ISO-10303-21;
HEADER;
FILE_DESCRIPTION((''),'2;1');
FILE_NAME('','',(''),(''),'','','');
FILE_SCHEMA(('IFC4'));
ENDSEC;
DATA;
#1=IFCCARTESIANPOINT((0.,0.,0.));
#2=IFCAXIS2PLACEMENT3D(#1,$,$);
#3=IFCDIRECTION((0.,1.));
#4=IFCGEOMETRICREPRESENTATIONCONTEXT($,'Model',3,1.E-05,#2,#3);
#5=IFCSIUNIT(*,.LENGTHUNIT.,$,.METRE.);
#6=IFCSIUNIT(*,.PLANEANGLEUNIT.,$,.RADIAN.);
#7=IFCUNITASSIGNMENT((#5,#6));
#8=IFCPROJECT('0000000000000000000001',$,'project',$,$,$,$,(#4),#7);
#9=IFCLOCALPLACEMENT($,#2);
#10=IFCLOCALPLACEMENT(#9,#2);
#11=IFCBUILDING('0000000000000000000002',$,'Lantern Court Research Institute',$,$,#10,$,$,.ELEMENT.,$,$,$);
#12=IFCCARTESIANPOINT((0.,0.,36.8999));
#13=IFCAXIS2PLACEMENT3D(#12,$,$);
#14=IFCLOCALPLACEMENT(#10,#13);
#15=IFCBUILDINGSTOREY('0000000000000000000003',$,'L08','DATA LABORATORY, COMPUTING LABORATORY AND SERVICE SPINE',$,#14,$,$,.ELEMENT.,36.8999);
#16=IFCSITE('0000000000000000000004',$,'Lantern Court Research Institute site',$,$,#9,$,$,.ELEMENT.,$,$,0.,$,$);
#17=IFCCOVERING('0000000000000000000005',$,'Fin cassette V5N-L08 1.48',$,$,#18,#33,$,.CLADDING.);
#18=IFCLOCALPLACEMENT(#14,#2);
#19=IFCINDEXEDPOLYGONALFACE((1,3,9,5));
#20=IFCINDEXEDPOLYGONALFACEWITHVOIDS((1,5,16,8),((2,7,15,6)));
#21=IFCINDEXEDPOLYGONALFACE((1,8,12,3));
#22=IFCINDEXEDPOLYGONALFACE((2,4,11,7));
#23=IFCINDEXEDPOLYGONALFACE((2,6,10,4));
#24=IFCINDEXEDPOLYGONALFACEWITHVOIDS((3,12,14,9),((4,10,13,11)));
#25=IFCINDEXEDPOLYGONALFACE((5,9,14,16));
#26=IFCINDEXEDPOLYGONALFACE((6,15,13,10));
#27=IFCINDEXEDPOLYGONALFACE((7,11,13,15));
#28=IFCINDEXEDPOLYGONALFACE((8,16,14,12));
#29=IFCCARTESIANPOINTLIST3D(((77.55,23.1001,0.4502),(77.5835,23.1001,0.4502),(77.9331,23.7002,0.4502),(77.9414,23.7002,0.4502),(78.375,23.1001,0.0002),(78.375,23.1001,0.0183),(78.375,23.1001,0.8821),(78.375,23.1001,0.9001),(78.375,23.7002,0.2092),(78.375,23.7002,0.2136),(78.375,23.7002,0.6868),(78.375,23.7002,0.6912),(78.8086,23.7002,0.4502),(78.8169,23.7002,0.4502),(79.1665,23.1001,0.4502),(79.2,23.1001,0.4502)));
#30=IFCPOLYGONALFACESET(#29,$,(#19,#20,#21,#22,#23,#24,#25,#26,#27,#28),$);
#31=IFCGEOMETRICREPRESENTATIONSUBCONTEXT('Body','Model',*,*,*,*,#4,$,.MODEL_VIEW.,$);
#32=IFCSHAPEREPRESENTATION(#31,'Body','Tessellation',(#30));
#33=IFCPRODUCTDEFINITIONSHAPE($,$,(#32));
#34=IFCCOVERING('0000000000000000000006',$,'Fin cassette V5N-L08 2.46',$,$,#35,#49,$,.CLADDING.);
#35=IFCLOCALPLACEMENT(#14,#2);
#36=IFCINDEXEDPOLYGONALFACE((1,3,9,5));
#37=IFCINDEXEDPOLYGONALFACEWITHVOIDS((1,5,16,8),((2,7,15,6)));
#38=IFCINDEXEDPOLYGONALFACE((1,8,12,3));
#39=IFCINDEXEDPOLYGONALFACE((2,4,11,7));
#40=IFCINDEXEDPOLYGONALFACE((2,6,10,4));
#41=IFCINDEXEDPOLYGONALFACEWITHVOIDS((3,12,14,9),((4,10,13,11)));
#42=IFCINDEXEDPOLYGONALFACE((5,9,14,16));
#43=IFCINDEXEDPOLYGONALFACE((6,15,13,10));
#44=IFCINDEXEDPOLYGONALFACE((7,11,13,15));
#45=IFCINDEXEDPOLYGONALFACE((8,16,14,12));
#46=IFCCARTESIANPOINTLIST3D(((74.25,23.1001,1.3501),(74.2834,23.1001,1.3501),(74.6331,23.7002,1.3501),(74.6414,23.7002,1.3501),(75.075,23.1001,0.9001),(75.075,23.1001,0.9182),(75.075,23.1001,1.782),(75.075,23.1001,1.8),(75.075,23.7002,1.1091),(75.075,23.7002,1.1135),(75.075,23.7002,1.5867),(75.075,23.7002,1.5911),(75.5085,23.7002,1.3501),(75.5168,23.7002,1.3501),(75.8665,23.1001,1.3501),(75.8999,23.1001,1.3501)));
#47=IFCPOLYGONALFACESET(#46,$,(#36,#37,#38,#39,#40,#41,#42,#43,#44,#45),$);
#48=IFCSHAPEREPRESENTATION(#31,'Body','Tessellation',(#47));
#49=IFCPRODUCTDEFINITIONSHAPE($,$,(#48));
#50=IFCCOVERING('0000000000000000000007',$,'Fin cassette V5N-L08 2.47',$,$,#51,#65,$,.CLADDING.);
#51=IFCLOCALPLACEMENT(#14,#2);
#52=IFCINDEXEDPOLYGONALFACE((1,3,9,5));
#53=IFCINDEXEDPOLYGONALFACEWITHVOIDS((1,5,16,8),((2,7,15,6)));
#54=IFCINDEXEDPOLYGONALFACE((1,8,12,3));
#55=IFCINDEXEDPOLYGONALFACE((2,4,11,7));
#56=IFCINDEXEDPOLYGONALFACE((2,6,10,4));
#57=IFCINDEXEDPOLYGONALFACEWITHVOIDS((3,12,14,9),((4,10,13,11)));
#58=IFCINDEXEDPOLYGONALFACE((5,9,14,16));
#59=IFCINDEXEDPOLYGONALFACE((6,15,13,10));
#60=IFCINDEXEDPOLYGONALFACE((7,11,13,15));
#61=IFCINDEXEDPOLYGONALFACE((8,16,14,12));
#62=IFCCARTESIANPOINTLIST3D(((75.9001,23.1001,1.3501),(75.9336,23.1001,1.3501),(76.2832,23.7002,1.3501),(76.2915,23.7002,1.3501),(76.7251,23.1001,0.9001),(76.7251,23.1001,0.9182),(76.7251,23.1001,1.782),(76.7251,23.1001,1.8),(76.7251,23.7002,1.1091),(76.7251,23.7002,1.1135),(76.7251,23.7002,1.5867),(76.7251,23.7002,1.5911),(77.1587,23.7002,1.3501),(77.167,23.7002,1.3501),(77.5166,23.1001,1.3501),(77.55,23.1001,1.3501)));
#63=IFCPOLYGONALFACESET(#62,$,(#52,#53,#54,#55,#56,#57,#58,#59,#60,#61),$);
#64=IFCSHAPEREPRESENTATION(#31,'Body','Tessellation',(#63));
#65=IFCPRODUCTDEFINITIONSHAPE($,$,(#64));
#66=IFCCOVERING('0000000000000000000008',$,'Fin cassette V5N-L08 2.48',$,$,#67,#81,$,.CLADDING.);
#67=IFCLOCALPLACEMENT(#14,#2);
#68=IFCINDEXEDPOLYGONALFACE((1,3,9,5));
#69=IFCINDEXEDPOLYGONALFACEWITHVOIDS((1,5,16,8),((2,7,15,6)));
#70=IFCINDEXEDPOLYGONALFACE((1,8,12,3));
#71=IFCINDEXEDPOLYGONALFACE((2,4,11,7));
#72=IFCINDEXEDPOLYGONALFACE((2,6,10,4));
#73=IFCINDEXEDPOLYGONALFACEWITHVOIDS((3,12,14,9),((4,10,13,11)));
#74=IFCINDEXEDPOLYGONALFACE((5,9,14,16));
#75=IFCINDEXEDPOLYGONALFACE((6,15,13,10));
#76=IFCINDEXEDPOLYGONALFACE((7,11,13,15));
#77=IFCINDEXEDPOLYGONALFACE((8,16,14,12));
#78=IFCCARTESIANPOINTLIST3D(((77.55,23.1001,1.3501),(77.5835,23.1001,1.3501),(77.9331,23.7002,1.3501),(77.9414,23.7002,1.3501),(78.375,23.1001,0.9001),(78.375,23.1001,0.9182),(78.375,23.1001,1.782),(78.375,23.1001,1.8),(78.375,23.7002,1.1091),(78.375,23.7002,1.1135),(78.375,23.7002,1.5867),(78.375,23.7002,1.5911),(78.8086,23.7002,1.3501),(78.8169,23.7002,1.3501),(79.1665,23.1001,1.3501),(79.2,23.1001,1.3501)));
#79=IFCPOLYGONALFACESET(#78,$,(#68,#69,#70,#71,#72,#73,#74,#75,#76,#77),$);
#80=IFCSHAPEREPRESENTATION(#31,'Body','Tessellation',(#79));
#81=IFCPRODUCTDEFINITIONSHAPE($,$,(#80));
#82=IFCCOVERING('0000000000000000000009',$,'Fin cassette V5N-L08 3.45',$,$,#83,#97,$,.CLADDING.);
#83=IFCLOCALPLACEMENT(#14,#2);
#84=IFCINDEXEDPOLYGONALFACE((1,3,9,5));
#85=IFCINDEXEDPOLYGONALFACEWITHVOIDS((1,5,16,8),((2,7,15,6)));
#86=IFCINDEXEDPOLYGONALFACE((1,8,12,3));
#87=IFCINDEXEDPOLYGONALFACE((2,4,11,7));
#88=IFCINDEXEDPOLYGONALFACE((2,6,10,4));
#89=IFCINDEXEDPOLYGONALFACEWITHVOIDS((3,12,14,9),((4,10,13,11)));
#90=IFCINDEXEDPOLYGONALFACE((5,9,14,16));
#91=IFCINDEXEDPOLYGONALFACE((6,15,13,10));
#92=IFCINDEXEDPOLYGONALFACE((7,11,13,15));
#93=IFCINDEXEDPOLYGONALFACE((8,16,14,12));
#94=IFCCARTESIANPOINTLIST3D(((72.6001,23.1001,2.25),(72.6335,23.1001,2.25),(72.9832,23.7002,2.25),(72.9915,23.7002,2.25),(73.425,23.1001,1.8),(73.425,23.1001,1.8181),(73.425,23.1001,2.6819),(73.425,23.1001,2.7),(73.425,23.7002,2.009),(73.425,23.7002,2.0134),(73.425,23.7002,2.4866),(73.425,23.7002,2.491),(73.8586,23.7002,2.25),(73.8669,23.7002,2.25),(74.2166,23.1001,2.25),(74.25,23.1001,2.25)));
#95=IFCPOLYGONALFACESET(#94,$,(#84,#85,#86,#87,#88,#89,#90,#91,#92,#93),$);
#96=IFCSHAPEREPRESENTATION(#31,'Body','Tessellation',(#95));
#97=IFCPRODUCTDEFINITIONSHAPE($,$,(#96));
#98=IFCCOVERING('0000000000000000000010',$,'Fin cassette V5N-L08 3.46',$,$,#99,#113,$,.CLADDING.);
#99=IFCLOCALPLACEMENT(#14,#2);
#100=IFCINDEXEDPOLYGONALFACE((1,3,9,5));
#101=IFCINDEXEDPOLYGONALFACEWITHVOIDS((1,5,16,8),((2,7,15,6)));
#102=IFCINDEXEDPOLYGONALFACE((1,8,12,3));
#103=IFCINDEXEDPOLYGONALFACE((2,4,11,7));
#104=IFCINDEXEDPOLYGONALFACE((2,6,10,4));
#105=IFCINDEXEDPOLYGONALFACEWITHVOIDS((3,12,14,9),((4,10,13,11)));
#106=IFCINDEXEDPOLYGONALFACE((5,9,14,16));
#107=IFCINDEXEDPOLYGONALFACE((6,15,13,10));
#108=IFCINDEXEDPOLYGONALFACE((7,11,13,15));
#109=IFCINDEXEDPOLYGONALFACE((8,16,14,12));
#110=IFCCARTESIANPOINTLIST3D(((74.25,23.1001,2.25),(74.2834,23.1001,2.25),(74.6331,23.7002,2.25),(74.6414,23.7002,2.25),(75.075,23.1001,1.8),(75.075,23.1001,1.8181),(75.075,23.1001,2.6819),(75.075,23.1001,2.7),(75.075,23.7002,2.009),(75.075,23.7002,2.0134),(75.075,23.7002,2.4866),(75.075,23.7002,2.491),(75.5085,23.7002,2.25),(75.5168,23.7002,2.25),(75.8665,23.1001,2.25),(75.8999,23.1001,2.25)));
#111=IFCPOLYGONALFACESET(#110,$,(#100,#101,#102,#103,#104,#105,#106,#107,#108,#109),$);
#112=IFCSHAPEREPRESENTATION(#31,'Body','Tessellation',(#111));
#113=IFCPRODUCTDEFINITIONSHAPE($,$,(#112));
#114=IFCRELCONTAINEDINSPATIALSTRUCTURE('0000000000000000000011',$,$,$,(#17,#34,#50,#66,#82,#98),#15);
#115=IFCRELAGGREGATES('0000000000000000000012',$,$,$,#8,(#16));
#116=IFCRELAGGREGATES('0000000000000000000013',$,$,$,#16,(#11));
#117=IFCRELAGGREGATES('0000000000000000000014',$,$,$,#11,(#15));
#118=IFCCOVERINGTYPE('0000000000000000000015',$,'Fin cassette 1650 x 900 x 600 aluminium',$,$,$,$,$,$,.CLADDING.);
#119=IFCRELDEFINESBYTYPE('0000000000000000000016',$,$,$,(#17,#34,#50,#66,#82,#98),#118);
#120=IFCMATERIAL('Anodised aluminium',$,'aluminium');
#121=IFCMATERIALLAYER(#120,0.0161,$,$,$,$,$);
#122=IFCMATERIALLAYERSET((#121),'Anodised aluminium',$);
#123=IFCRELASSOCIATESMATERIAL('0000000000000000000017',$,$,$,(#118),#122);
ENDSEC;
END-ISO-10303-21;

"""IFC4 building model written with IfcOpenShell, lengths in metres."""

from ifc_helpers import new_model, entity, si_unit, direction, frame, origin, place, context, subcontext, project, spatial, material, layer, layer_set, type_object, element, save


model = new_model("IFC4")

# Units and contexts
model_context = context("Model", 3, precision=1e-05, world=origin(), true_north=direction((0.0, 1.0)))
body_context = subcontext(model_context, "Body", "Model", "MODEL_VIEW")
ifc_project = project(units=[si_unit("LENGTHUNIT", "METRE"), si_unit("PLANEANGLEUNIT", "RADIAN")], contexts=[model_context])

# Site, building, storey
site_placement = place(None, origin())
site = spatial("IfcSite", under=ifc_project, at=site_placement, Name="Lantern Court Research Institute site", CompositionType="ELEMENT", RefElevation=0.0)
building_placement = place(site_placement, origin())
building = spatial("IfcBuilding", under=site, at=building_placement, Name="Lantern Court Research Institute", CompositionType="ELEMENT")
storey_placement = place(building_placement, frame((0.0, 0.0, 36.8999)))
storey = spatial("IfcBuildingStorey", under=building, at=storey_placement, Name="L08", Description="DATA LABORATORY, COMPUTING LABORATORY AND SERVICE SPINE", CompositionType="ELEMENT", Elevation=36.8999)

# Coverings
ifc_material = material(Name="Anodised aluminium", Category="aluminium")
ifc_layer = layer(ifc_material, 0.0161)
ifc_layer_set = layer_set([ifc_layer], Name="Anodised aluminium")
covering_type = type_object("IfcCoveringType", Name="Fin cassette 1650 x 900 x 600 aluminium", PredefinedType="CLADDING", material=ifc_layer_set)
covering_1_placement = place(storey_placement, frame((78.375, 23.1001, 0.4502), z_axis=(0.0, 1.0, 0.0), x_axis=(-1.0, 0.0, 0.0)))
cartesian_point_1 = entity("IfcCartesianPoint", [0.825, 0.0])
cartesian_point_2 = entity("IfcCartesianPoint", [0.7915, 0.0])
cartesian_point_3 = entity("IfcCartesianPoint", [0.4419, 0.0])
cartesian_point_4 = entity("IfcCartesianPoint", [0.4336, 0.0])
element("IfcCovering", 1, at=covering_1_placement, inside=storey, type_object=covering_type, Name="Fin cassette V5N-L08 1.48", PredefinedType="CLADDING", context=body_context, shape_type="SweptSolid", body=[
    entity("IfcExtrudedAreaSolidTapered", entity("IfcArbitraryProfileDefWithVoids", "AREA", None, entity("IfcPolyline", [cartesian_point_1, entity("IfcCartesianPoint", [0.0, 0.45]), entity("IfcCartesianPoint", [-0.825, 0.0]), entity("IfcCartesianPoint", [0.0, -0.45]), cartesian_point_1]), [entity("IfcPolyline", [cartesian_point_2, entity("IfcCartesianPoint", [0.0, 0.4319]), entity("IfcCartesianPoint", [-0.7915, 0.0]), entity("IfcCartesianPoint", [0.0, -0.4319]), cartesian_point_2])]), entity("IfcAxis2Placement3D", entity("IfcCartesianPoint", [0.0, 0.0, 0.0])), entity("IfcDirection", [0.0, 0.0, 1.0]), 0.6001, entity("IfcArbitraryProfileDefWithVoids", "AREA", None, entity("IfcPolyline", [cartesian_point_3, entity("IfcCartesianPoint", [0.0, 0.241]), entity("IfcCartesianPoint", [-0.4419, 0.0]), entity("IfcCartesianPoint", [0.0, -0.241]), cartesian_point_3]), [entity("IfcPolyline", [cartesian_point_4, entity("IfcCartesianPoint", [0.0, 0.2366]), entity("IfcCartesianPoint", [-0.4336, 0.0]), entity("IfcCartesianPoint", [0.0, -0.2366]), cartesian_point_4])])),
])
covering_2_placement = place(storey_placement, frame((75.075, 23.1001, 1.3501), z_axis=(0.0, 1.0, 0.0), x_axis=(-1.0, 0.0, 0.0)))
cartesian_point_5 = entity("IfcCartesianPoint", [0.825, 0.0])
cartesian_point_6 = entity("IfcCartesianPoint", [0.7915, 0.0])
cartesian_point_7 = entity("IfcCartesianPoint", [0.4419, 0.0])
cartesian_point_8 = entity("IfcCartesianPoint", [0.4336, 0.0])
element("IfcCovering", 2, at=covering_2_placement, inside=storey, type_object=covering_type, Name="Fin cassette V5N-L08 2.46", PredefinedType="CLADDING", context=body_context, shape_type="SweptSolid", body=[
    entity("IfcExtrudedAreaSolidTapered", entity("IfcArbitraryProfileDefWithVoids", "AREA", None, entity("IfcPolyline", [cartesian_point_5, entity("IfcCartesianPoint", [0.0, 0.45]), entity("IfcCartesianPoint", [-0.825, 0.0]), entity("IfcCartesianPoint", [0.0, -0.45]), cartesian_point_5]), [entity("IfcPolyline", [cartesian_point_6, entity("IfcCartesianPoint", [0.0, 0.4319]), entity("IfcCartesianPoint", [-0.7915, 0.0]), entity("IfcCartesianPoint", [0.0, -0.4319]), cartesian_point_6])]), entity("IfcAxis2Placement3D", entity("IfcCartesianPoint", [0.0, 0.0, 0.0])), entity("IfcDirection", [0.0, 0.0, 1.0]), 0.6001, entity("IfcArbitraryProfileDefWithVoids", "AREA", None, entity("IfcPolyline", [cartesian_point_7, entity("IfcCartesianPoint", [0.0, 0.241]), entity("IfcCartesianPoint", [-0.4419, 0.0]), entity("IfcCartesianPoint", [0.0, -0.241]), cartesian_point_7]), [entity("IfcPolyline", [cartesian_point_8, entity("IfcCartesianPoint", [0.0, 0.2366]), entity("IfcCartesianPoint", [-0.4336, 0.0]), entity("IfcCartesianPoint", [0.0, -0.2366]), cartesian_point_8])])),
])
covering_3_placement = place(storey_placement, frame((76.7251, 23.1001, 1.3501), z_axis=(0.0, 1.0, 0.0), x_axis=(-1.0, 0.0, 0.0)))
cartesian_point_9 = entity("IfcCartesianPoint", [0.825, 0.0])
cartesian_point_10 = entity("IfcCartesianPoint", [0.7915, 0.0])
cartesian_point_11 = entity("IfcCartesianPoint", [0.4419, 0.0])
cartesian_point_12 = entity("IfcCartesianPoint", [0.4336, 0.0])
element("IfcCovering", 3, at=covering_3_placement, inside=storey, type_object=covering_type, Name="Fin cassette V5N-L08 2.47", PredefinedType="CLADDING", context=body_context, shape_type="SweptSolid", body=[
    entity("IfcExtrudedAreaSolidTapered", entity("IfcArbitraryProfileDefWithVoids", "AREA", None, entity("IfcPolyline", [cartesian_point_9, entity("IfcCartesianPoint", [0.0, 0.45]), entity("IfcCartesianPoint", [-0.825, 0.0]), entity("IfcCartesianPoint", [0.0, -0.45]), cartesian_point_9]), [entity("IfcPolyline", [cartesian_point_10, entity("IfcCartesianPoint", [0.0, 0.4319]), entity("IfcCartesianPoint", [-0.7915, 0.0]), entity("IfcCartesianPoint", [0.0, -0.4319]), cartesian_point_10])]), entity("IfcAxis2Placement3D", entity("IfcCartesianPoint", [0.0, 0.0, 0.0])), entity("IfcDirection", [0.0, 0.0, 1.0]), 0.6001, entity("IfcArbitraryProfileDefWithVoids", "AREA", None, entity("IfcPolyline", [cartesian_point_11, entity("IfcCartesianPoint", [0.0, 0.241]), entity("IfcCartesianPoint", [-0.4419, 0.0]), entity("IfcCartesianPoint", [0.0, -0.241]), cartesian_point_11]), [entity("IfcPolyline", [cartesian_point_12, entity("IfcCartesianPoint", [0.0, 0.2366]), entity("IfcCartesianPoint", [-0.4336, 0.0]), entity("IfcCartesianPoint", [0.0, -0.2366]), cartesian_point_12])])),
])
covering_4_placement = place(storey_placement, frame((78.375, 23.1001, 1.3501), z_axis=(0.0, 1.0, 0.0), x_axis=(-1.0, 0.0, 0.0)))
cartesian_point_13 = entity("IfcCartesianPoint", [0.825, 0.0])
cartesian_point_14 = entity("IfcCartesianPoint", [0.7915, 0.0])
cartesian_point_15 = entity("IfcCartesianPoint", [0.4419, 0.0])
cartesian_point_16 = entity("IfcCartesianPoint", [0.4336, 0.0])
element("IfcCovering", 4, at=covering_4_placement, inside=storey, type_object=covering_type, Name="Fin cassette V5N-L08 2.48", PredefinedType="CLADDING", context=body_context, shape_type="SweptSolid", body=[
    entity("IfcExtrudedAreaSolidTapered", entity("IfcArbitraryProfileDefWithVoids", "AREA", None, entity("IfcPolyline", [cartesian_point_13, entity("IfcCartesianPoint", [0.0, 0.45]), entity("IfcCartesianPoint", [-0.825, 0.0]), entity("IfcCartesianPoint", [0.0, -0.45]), cartesian_point_13]), [entity("IfcPolyline", [cartesian_point_14, entity("IfcCartesianPoint", [0.0, 0.4319]), entity("IfcCartesianPoint", [-0.7915, 0.0]), entity("IfcCartesianPoint", [0.0, -0.4319]), cartesian_point_14])]), entity("IfcAxis2Placement3D", entity("IfcCartesianPoint", [0.0, 0.0, 0.0])), entity("IfcDirection", [0.0, 0.0, 1.0]), 0.6001, entity("IfcArbitraryProfileDefWithVoids", "AREA", None, entity("IfcPolyline", [cartesian_point_15, entity("IfcCartesianPoint", [0.0, 0.241]), entity("IfcCartesianPoint", [-0.4419, 0.0]), entity("IfcCartesianPoint", [0.0, -0.241]), cartesian_point_15]), [entity("IfcPolyline", [cartesian_point_16, entity("IfcCartesianPoint", [0.0, 0.2366]), entity("IfcCartesianPoint", [-0.4336, 0.0]), entity("IfcCartesianPoint", [0.0, -0.2366]), cartesian_point_16])])),
])
covering_5_placement = place(storey_placement, frame((73.425, 23.1001, 2.25), z_axis=(0.0, 1.0, 0.0), x_axis=(-1.0, 0.0, 0.0)))
cartesian_point_17 = entity("IfcCartesianPoint", [0.825, 0.0])
cartesian_point_18 = entity("IfcCartesianPoint", [0.7915, 0.0])
cartesian_point_19 = entity("IfcCartesianPoint", [0.4419, 0.0])
cartesian_point_20 = entity("IfcCartesianPoint", [0.4336, 0.0])
element("IfcCovering", 5, at=covering_5_placement, inside=storey, type_object=covering_type, Name="Fin cassette V5N-L08 3.45", PredefinedType="CLADDING", context=body_context, shape_type="SweptSolid", body=[
    entity("IfcExtrudedAreaSolidTapered", entity("IfcArbitraryProfileDefWithVoids", "AREA", None, entity("IfcPolyline", [cartesian_point_17, entity("IfcCartesianPoint", [0.0, 0.45]), entity("IfcCartesianPoint", [-0.825, 0.0]), entity("IfcCartesianPoint", [0.0, -0.45]), cartesian_point_17]), [entity("IfcPolyline", [cartesian_point_18, entity("IfcCartesianPoint", [0.0, 0.4319]), entity("IfcCartesianPoint", [-0.7915, 0.0]), entity("IfcCartesianPoint", [0.0, -0.4319]), cartesian_point_18])]), entity("IfcAxis2Placement3D", entity("IfcCartesianPoint", [0.0, 0.0, 0.0])), entity("IfcDirection", [0.0, 0.0, 1.0]), 0.6001, entity("IfcArbitraryProfileDefWithVoids", "AREA", None, entity("IfcPolyline", [cartesian_point_19, entity("IfcCartesianPoint", [0.0, 0.241]), entity("IfcCartesianPoint", [-0.4419, 0.0]), entity("IfcCartesianPoint", [0.0, -0.241]), cartesian_point_19]), [entity("IfcPolyline", [cartesian_point_20, entity("IfcCartesianPoint", [0.0, 0.2366]), entity("IfcCartesianPoint", [-0.4336, 0.0]), entity("IfcCartesianPoint", [0.0, -0.2366]), cartesian_point_20])])),
])
covering_6_placement = place(storey_placement, frame((75.075, 23.1001, 2.25), z_axis=(0.0, 1.0, 0.0), x_axis=(-1.0, 0.0, 0.0)))
cartesian_point_21 = entity("IfcCartesianPoint", [0.825, 0.0])
cartesian_point_22 = entity("IfcCartesianPoint", [0.7915, 0.0])
cartesian_point_23 = entity("IfcCartesianPoint", [0.4419, 0.0])
cartesian_point_24 = entity("IfcCartesianPoint", [0.4336, 0.0])
element("IfcCovering", 6, at=covering_6_placement, inside=storey, type_object=covering_type, Name="Fin cassette V5N-L08 3.46", PredefinedType="CLADDING", context=body_context, shape_type="SweptSolid", body=[
    entity("IfcExtrudedAreaSolidTapered", entity("IfcArbitraryProfileDefWithVoids", "AREA", None, entity("IfcPolyline", [cartesian_point_21, entity("IfcCartesianPoint", [0.0, 0.45]), entity("IfcCartesianPoint", [-0.825, 0.0]), entity("IfcCartesianPoint", [0.0, -0.45]), cartesian_point_21]), [entity("IfcPolyline", [cartesian_point_22, entity("IfcCartesianPoint", [0.0, 0.4319]), entity("IfcCartesianPoint", [-0.7915, 0.0]), entity("IfcCartesianPoint", [0.0, -0.4319]), cartesian_point_22])]), entity("IfcAxis2Placement3D", entity("IfcCartesianPoint", [0.0, 0.0, 0.0])), entity("IfcDirection", [0.0, 0.0, 1.0]), 0.6001, entity("IfcArbitraryProfileDefWithVoids", "AREA", None, entity("IfcPolyline", [cartesian_point_23, entity("IfcCartesianPoint", [0.0, 0.241]), entity("IfcCartesianPoint", [-0.4419, 0.0]), entity("IfcCartesianPoint", [0.0, -0.241]), cartesian_point_23]), [entity("IfcPolyline", [cartesian_point_24, entity("IfcCartesianPoint", [0.0, 0.2366]), entity("IfcCartesianPoint", [-0.4336, 0.0]), entity("IfcCartesianPoint", [0.0, -0.2366]), cartesian_point_24])])),
])

save(model, "model.ifc")
